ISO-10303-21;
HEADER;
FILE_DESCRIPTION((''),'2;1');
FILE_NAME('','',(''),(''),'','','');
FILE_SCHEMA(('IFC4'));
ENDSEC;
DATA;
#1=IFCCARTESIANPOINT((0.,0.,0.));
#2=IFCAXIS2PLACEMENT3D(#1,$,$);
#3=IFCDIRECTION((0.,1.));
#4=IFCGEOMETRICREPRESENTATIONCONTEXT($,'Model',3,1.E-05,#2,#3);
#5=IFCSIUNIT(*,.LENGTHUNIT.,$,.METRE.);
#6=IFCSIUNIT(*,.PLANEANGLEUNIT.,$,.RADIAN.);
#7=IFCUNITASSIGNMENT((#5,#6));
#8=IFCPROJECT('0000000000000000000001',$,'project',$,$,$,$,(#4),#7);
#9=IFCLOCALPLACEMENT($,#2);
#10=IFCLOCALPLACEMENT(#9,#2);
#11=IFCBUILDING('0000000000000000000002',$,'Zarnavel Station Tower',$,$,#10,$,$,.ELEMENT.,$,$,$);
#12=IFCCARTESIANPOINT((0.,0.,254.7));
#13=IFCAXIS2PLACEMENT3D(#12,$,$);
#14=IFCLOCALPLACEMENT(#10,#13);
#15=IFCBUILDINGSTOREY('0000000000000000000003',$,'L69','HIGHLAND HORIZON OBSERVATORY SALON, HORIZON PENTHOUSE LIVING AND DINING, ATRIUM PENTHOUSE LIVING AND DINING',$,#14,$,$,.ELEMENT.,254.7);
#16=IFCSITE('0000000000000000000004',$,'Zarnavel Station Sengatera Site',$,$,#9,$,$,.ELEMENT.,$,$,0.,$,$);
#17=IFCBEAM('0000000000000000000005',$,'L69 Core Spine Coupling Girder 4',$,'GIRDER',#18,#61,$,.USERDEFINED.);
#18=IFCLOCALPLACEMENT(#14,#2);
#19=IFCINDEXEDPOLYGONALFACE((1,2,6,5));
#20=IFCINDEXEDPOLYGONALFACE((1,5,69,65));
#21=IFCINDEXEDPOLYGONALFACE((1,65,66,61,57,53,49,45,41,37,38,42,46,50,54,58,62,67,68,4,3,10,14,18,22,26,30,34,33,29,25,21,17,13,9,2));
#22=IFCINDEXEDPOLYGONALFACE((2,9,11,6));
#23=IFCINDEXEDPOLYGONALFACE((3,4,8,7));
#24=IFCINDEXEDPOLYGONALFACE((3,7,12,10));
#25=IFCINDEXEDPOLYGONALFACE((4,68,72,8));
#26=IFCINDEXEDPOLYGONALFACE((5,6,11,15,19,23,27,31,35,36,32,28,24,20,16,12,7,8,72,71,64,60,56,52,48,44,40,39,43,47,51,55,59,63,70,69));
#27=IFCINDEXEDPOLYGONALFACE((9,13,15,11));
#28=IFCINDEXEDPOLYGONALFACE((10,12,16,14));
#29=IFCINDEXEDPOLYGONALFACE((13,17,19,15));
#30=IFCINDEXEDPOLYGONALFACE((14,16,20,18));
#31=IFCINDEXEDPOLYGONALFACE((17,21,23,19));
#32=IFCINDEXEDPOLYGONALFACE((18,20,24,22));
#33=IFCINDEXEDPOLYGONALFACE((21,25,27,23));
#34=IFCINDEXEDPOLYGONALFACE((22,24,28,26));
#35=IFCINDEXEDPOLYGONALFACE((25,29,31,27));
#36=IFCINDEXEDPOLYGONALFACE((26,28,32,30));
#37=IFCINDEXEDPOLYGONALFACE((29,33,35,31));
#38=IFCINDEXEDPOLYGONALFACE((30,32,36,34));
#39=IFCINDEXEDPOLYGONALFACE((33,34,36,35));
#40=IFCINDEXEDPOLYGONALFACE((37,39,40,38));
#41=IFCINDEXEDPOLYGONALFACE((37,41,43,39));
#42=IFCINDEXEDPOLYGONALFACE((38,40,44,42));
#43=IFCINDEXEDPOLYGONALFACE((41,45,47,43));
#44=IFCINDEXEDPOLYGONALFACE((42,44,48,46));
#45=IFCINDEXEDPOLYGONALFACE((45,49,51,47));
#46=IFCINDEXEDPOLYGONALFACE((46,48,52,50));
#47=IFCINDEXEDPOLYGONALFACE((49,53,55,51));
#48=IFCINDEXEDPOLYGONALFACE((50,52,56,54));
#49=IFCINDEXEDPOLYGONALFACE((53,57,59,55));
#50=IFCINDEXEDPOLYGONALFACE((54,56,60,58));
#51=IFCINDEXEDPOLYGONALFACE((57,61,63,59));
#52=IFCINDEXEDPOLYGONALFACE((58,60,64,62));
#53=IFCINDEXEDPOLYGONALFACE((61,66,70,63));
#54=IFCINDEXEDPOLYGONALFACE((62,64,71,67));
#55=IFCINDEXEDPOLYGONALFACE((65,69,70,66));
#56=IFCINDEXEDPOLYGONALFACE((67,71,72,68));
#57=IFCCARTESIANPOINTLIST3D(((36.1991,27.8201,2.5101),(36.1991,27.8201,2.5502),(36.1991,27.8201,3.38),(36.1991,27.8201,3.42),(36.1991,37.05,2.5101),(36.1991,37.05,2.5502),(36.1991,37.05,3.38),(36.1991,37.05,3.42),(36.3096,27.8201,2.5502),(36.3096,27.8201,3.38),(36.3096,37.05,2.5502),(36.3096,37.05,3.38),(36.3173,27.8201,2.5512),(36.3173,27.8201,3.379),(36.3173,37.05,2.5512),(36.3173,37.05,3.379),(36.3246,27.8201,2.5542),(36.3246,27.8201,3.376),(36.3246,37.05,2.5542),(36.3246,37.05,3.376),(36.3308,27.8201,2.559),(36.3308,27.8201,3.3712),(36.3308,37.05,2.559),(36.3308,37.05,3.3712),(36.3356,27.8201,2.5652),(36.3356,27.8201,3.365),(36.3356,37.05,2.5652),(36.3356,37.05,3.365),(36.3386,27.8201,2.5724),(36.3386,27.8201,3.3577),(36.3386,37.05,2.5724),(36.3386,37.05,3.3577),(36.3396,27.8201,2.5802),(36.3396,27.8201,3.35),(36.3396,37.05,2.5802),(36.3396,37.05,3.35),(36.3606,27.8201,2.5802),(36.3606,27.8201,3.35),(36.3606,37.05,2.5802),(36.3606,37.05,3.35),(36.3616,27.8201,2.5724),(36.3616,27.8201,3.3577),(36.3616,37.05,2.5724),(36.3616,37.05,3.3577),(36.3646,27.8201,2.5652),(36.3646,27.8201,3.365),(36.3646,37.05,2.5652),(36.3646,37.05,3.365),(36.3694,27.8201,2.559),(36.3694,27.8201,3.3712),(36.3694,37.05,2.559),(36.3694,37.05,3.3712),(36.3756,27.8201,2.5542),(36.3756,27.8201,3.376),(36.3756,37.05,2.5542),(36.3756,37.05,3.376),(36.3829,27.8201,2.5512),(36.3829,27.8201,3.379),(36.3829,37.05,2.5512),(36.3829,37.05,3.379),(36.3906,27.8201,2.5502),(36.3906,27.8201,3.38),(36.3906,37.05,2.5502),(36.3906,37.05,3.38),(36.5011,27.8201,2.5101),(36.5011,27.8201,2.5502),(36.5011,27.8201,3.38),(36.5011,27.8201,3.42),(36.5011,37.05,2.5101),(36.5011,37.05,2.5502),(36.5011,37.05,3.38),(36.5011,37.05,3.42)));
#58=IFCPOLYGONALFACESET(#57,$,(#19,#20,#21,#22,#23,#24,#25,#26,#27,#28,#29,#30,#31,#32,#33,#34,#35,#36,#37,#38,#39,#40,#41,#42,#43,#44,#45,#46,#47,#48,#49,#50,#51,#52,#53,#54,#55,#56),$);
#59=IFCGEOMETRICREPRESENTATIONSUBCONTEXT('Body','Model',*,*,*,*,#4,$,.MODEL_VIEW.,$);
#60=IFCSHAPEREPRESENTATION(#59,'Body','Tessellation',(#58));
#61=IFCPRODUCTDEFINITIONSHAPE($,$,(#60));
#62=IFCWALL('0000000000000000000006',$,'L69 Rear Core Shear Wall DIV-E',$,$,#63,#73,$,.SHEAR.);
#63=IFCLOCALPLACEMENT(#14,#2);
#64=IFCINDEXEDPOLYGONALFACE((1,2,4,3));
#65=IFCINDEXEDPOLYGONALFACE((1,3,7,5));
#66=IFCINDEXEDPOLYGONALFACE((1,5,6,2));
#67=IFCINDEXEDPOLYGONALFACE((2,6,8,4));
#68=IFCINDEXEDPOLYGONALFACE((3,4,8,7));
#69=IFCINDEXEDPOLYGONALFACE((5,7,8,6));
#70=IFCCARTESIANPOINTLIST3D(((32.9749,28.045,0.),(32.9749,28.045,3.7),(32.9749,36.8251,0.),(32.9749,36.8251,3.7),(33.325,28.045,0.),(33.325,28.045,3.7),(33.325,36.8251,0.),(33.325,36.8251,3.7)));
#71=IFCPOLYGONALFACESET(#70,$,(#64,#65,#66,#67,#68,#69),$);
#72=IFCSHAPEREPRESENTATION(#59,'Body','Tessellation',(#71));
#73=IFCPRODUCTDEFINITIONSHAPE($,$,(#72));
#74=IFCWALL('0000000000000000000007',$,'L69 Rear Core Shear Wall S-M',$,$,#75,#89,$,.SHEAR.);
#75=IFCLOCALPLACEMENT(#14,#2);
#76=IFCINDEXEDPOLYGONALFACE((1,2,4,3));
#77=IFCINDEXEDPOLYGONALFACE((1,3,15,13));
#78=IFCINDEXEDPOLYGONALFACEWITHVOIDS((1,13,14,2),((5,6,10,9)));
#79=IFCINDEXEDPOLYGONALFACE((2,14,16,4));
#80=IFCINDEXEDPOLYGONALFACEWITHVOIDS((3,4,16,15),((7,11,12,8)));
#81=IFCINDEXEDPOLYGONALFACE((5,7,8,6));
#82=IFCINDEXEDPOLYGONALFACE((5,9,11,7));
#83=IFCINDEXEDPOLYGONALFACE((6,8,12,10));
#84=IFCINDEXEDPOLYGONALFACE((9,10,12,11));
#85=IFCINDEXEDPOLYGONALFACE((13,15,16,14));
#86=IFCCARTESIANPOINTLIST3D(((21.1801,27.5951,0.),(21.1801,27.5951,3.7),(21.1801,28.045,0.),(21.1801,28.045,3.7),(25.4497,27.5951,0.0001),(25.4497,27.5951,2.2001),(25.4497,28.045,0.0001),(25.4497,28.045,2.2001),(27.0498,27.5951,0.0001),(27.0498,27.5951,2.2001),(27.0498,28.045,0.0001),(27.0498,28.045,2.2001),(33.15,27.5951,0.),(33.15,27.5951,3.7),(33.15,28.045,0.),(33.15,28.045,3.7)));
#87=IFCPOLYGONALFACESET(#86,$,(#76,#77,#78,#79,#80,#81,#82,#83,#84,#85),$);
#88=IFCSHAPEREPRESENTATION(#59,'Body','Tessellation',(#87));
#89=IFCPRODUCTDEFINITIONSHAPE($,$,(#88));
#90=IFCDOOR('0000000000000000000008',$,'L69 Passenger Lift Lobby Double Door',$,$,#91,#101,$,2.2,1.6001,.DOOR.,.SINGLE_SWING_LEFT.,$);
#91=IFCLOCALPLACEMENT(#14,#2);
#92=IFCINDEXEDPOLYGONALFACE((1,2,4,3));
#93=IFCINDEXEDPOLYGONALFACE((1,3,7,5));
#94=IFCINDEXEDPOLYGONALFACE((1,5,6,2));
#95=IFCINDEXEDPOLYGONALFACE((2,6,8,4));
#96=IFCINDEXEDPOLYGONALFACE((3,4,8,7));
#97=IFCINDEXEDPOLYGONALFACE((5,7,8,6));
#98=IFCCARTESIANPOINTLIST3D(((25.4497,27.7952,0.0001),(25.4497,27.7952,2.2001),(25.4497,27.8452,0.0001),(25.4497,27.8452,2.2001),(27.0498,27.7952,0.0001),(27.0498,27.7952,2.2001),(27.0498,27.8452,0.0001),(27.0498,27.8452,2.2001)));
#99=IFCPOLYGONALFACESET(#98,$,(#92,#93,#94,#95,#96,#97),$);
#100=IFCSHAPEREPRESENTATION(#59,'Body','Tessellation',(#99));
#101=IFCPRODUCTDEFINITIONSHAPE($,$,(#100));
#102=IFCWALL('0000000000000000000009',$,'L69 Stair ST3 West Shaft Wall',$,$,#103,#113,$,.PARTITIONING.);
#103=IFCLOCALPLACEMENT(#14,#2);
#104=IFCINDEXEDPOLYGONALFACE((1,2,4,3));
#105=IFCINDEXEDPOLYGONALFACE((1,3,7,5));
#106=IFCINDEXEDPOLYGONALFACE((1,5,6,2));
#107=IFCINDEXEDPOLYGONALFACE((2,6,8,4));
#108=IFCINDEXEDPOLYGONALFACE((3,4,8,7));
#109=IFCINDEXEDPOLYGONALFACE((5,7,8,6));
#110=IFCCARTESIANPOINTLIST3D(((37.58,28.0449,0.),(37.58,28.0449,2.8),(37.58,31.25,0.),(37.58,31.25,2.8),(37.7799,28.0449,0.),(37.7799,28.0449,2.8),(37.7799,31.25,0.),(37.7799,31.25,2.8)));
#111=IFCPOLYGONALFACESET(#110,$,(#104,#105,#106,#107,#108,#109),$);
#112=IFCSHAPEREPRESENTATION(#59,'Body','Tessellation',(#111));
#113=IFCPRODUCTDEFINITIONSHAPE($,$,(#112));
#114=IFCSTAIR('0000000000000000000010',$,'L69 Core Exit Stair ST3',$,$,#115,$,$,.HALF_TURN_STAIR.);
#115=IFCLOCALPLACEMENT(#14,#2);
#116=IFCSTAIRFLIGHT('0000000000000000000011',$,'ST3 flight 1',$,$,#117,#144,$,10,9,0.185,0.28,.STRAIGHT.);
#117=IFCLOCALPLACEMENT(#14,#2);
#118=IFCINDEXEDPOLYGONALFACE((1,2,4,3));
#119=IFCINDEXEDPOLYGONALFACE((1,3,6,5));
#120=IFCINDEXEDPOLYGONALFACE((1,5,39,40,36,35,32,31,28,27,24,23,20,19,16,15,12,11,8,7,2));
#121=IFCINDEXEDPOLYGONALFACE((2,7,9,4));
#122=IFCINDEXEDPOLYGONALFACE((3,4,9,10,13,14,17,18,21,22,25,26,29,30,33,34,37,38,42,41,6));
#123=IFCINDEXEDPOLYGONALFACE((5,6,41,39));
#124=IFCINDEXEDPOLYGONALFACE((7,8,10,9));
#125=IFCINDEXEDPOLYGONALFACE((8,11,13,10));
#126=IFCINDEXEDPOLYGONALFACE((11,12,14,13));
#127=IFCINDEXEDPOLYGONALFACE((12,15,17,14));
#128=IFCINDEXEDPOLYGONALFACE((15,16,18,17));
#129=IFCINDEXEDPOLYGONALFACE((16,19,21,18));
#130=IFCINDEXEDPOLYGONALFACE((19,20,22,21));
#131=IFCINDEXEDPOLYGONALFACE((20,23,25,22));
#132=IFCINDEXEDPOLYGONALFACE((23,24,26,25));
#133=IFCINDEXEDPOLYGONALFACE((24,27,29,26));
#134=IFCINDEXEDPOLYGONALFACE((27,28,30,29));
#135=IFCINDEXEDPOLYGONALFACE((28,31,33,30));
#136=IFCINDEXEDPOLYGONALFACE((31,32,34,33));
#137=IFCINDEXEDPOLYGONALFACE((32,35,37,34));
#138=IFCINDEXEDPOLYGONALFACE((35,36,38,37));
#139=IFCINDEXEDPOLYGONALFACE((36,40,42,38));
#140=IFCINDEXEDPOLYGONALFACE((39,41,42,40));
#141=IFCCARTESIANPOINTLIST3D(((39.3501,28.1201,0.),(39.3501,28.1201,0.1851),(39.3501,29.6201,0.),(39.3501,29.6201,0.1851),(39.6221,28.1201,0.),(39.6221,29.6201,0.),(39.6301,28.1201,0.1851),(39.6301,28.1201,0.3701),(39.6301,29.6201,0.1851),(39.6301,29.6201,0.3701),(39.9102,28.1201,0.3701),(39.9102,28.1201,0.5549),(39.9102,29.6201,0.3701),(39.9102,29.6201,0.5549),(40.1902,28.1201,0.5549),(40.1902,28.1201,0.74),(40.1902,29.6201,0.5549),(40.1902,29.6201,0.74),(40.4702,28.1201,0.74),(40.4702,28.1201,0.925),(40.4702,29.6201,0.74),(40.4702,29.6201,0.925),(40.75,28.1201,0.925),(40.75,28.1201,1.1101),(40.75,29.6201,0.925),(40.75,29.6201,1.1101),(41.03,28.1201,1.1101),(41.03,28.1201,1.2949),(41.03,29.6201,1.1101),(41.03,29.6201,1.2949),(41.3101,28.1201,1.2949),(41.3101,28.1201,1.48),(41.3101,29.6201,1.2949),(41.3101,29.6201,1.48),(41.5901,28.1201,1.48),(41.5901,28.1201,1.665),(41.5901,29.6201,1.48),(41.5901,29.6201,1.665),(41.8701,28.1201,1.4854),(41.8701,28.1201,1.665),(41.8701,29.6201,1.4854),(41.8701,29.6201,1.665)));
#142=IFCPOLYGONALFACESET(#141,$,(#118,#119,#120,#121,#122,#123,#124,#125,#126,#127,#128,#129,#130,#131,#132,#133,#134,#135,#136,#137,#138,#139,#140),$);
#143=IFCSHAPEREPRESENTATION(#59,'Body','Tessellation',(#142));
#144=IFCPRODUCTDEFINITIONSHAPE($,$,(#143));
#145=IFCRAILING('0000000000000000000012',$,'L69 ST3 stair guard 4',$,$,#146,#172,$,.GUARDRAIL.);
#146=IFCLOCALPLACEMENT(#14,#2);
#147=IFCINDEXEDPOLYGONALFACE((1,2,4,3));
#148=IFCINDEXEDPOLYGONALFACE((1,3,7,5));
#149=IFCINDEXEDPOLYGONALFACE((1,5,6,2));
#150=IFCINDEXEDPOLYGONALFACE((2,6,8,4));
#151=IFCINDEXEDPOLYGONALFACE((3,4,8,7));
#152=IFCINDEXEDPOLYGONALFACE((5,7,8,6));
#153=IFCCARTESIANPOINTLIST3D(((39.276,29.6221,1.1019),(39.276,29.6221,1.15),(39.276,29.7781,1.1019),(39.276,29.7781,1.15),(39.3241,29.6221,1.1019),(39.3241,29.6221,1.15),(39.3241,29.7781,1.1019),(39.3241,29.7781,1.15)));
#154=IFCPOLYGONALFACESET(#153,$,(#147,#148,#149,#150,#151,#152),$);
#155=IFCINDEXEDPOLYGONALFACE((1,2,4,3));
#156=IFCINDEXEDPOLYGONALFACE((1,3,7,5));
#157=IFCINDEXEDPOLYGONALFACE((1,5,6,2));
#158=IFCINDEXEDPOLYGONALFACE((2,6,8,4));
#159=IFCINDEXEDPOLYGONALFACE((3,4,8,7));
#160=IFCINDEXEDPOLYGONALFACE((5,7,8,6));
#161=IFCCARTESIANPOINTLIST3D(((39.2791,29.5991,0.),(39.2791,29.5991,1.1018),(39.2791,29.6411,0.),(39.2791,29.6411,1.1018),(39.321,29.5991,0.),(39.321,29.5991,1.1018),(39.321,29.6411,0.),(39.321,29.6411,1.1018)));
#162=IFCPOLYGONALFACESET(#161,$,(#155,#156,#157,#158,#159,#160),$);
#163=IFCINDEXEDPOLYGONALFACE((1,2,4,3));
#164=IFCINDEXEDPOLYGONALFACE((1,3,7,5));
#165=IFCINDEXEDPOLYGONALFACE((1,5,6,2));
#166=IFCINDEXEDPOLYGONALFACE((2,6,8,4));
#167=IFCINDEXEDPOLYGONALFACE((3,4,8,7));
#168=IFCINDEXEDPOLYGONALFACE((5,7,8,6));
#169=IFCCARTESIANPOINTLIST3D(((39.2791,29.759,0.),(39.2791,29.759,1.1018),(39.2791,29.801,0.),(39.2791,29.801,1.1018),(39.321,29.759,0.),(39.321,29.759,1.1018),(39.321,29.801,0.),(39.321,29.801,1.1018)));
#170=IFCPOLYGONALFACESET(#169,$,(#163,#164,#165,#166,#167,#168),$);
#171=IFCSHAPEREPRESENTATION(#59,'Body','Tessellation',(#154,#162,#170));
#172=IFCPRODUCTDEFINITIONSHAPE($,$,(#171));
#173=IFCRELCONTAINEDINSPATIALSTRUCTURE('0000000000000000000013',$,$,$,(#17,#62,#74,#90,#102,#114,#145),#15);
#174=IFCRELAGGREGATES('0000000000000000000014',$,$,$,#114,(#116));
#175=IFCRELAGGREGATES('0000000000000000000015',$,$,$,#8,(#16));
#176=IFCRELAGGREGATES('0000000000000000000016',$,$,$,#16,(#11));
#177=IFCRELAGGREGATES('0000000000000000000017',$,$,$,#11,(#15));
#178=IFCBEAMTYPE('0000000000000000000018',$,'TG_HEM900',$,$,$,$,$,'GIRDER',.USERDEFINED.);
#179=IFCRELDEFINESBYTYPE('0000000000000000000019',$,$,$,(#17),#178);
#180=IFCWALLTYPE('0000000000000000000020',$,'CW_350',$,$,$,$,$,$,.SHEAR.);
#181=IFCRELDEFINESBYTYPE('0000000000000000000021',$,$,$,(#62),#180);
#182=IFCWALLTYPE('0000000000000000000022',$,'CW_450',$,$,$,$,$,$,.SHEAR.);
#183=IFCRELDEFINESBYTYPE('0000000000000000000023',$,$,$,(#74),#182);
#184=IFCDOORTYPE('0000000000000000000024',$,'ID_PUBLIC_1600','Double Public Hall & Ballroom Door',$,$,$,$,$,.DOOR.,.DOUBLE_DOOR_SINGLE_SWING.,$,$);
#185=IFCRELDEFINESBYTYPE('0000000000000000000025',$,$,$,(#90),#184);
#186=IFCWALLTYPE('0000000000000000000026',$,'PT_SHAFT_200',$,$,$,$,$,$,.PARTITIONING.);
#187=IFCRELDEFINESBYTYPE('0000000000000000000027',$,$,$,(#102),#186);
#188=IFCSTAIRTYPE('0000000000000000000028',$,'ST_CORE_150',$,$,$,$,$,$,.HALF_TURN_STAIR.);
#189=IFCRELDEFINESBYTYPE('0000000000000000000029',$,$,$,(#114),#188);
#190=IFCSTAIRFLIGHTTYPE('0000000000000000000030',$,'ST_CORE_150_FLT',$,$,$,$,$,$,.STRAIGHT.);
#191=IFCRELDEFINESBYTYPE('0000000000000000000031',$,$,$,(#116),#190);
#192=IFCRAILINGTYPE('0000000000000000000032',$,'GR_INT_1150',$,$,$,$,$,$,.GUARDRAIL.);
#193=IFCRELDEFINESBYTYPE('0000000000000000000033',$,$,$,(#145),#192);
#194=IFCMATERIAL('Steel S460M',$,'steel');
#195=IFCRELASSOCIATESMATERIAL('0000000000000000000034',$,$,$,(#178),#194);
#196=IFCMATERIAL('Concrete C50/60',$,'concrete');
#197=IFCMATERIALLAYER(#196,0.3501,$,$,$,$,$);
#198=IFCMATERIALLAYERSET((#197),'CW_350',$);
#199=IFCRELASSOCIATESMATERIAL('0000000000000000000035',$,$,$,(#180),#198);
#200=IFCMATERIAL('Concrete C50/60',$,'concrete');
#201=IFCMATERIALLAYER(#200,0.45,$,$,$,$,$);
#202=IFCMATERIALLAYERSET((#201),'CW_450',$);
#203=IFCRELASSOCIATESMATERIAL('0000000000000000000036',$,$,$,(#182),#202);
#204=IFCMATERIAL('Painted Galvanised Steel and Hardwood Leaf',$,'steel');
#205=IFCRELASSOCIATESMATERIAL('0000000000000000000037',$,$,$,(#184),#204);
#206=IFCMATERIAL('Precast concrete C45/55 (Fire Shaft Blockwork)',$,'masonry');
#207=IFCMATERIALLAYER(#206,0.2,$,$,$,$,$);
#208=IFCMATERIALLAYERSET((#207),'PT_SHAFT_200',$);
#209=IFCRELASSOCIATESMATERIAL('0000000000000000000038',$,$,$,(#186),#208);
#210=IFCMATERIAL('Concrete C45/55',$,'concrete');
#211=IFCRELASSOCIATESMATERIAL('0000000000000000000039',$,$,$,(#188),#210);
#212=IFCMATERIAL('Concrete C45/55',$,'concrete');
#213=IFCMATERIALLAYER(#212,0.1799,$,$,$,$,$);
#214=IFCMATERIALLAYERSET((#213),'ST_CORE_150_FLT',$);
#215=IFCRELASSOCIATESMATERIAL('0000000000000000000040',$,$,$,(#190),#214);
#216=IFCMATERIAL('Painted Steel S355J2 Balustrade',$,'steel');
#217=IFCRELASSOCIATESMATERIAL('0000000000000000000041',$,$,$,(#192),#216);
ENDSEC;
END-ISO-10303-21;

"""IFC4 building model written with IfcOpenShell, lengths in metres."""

from ifc_helpers import new_model, si_unit, direction, frame, frame_2d, origin, origin_2d, place, context, subcontext, project, spatial, polyline, rectangle, i_section, outline, extrude, material, layer, layer_set, material_profile, profile_set, type_object, element, fill, aggregate, save


model = new_model("IFC4")

# Units and contexts
model_context = context("Model", 3, precision=1e-05, world=origin(), true_north=direction((0.0, 1.0)))
body_context = subcontext(model_context, "Body", "Model", "MODEL_VIEW")
ifc_project = project(units=[si_unit("LENGTHUNIT", "METRE"), si_unit("PLANEANGLEUNIT", "RADIAN")], contexts=[model_context])

# Site, building, storey
site_placement = place(None, origin())
site = spatial("IfcSite", under=ifc_project, at=site_placement, Name="Zarnavel Station Sengatera Site", CompositionType="ELEMENT", RefElevation=0.0)
building_placement = place(site_placement, origin())
building = spatial("IfcBuilding", under=site, at=building_placement, Name="Zarnavel Station Tower", CompositionType="ELEMENT")
storey_placement = place(building_placement, frame((0.0, 0.0, 254.7)))
storey = spatial("IfcBuildingStorey", under=building, at=storey_placement, Name="L69", Description="HIGHLAND HORIZON OBSERVATORY SALON, HORIZON PENTHOUSE LIVING AND DINING, ATRIUM PENTHOUSE LIVING AND DINING", CompositionType="ELEMENT", Elevation=254.7)

# Beam
ifc_material_1 = material(Name="Steel S460M", Category="steel")
ifc_material_profile_1 = material_profile(ifc_material_1, i_section(OverallWidth=0.302, OverallDepth=0.9099, WebThickness=0.021, FlangeThickness=0.04, FilletRadius=0.03, at=origin_2d()), Name="HEM900")
ifc_profile_set_1 = profile_set([ifc_material_profile_1], Name="Steel S460M")
beam_type_1 = type_object("IfcBeamType", Name="TG_HEM900", ElementType="GIRDER", PredefinedType="USERDEFINED", material=ifc_profile_set_1)
for number, where, z_axis, x_axis, name in (
    (1, (36.3501, 27.8201, 2.9651), (0.0, 1.0, 0.0), (-1.0, 0.0, 0.0), "L69 Core Spine Coupling Girder 4"),
):
    element("IfcBeam", number, at=place(storey_placement, frame(where, z_axis=z_axis, x_axis=x_axis)), inside=storey, type_object=beam_type_1, Name=name, ObjectType="GIRDER", PredefinedType="USERDEFINED", context=body_context, shape_type="SweptSolid", body=[
        extrude(i_section(OverallWidth=0.302, OverallDepth=0.9099, WebThickness=0.021, FlangeThickness=0.04, FilletRadius=0.03, at=origin_2d()), origin(), (0.0, 0.0, 1.0), 9.23),
    ])

# Wall
ifc_material_2 = material(Name="Concrete C50/60", Category="concrete")
ifc_layer_1 = layer(ifc_material_2, 0.3501)
ifc_layer_set_1 = layer_set([ifc_layer_1], Name="CW_350")
wall_type_1 = type_object("IfcWallType", Name="CW_350", PredefinedType="SHEAR", material=ifc_layer_set_1)
wall_1_placement = place(storey_placement, frame((33.1499, 28.0449, 0.0), z_axis=(0.0, 0.0, 1.0), x_axis=(0.0, 1.0, 0.0)))
element("IfcWall", 2, at=wall_1_placement, inside=storey, type_object=wall_type_1, Name="L69 Rear Core Shear Wall DIV-E", PredefinedType="SHEAR", context=body_context, shape_type="SweptSolid", body=[
    extrude(rectangle(XDim=8.78, YDim=0.3501, at=frame_2d((4.3901, 0.0))), origin(), (0.0, 0.0, 1.0), 3.7),
])

# Wall, opening, door
ifc_material_3 = material(Name="Concrete C50/60", Category="concrete")
ifc_layer_2 = layer(ifc_material_3, 0.45)
ifc_layer_set_2 = layer_set([ifc_layer_2], Name="CW_450")
wall_type_2 = type_object("IfcWallType", Name="CW_450", PredefinedType="SHEAR", material=ifc_layer_set_2)
wall_2_placement = place(storey_placement, frame((33.1499, 27.8201, 0.0), z_axis=(0.0, 0.0, 1.0), x_axis=(-1.0, 0.0, 0.0)))
wall_2 = element("IfcWall", 3, at=wall_2_placement, inside=storey, type_object=wall_type_2, Name="L69 Rear Core Shear Wall S-M", PredefinedType="SHEAR", context=body_context, shape_type="SweptSolid", body=[
    extrude(rectangle(XDim=11.97, YDim=0.45, at=frame_2d((5.9849, 0.0))), origin(), (0.0, 0.0, 1.0), 3.7),
])
opening_1_placement = place(wall_2_placement, frame((6.1001, 0.0, 0.0)))
opening_1 = element("IfcOpeningElement", 4, at=opening_1_placement, cuts=wall_2, PredefinedType="OPENING", context=body_context, shape_type="SweptSolid", body=[
    extrude(rectangle(XDim=1.6001, YDim=2.2, at=frame_2d((0.8, 1.1001))), frame((0.0, 0.2349, 0.0), z_axis=(0.0, -1.0, 0.0), x_axis=(1.0, 0.0, 0.0)), (0.0, 0.0, 1.0), 0.47),
])
ifc_material_4 = material(Name="Painted Galvanised Steel and Hardwood Leaf", Category="steel")
door_type_1 = type_object("IfcDoorType", Name="ID_PUBLIC_1600", Description="Double Public Hall & Ballroom Door", OperationType="DOUBLE_DOOR_SINGLE_SWING", PredefinedType="DOOR", material=ifc_material_4)
door_1_placement = place(opening_1_placement, origin())
door_1 = element("IfcDoor", 5, at=door_1_placement, inside=storey, type_object=door_type_1, Name="L69 Passenger Lift Lobby Double Door", OperationType="SINGLE_SWING_LEFT", OverallHeight=2.2, OverallWidth=1.6001, PredefinedType="DOOR", context=body_context, shape_type="SweptSolid", body=[
    extrude(rectangle(XDim=1.6001, YDim=2.2, at=frame_2d((0.8, 1.1001))), frame((0.0, 0.0249, 0.0), z_axis=(0.0, -1.0, 0.0), x_axis=(1.0, 0.0, 0.0)), (0.0, 0.0, 1.0), 0.05),
])
fill(opening_1, door_1)

# Wall
ifc_material_5 = material(Name="Precast concrete C45/55 (Fire Shaft Blockwork)", Category="masonry")
ifc_layer_3 = layer(ifc_material_5, 0.2)
ifc_layer_set_3 = layer_set([ifc_layer_3], Name="PT_SHAFT_200")
wall_type_3 = type_object("IfcWallType", Name="PT_SHAFT_200", PredefinedType="PARTITIONING", material=ifc_layer_set_3)
wall_3_placement = place(storey_placement, frame((37.6799, 28.0449, 0.0), z_axis=(0.0, 0.0, 1.0), x_axis=(0.0, 1.0, 0.0)))
element("IfcWall", 6, at=wall_3_placement, inside=storey, type_object=wall_type_3, Name="L69 Stair ST3 West Shaft Wall", PredefinedType="PARTITIONING", context=body_context, shape_type="SweptSolid", body=[
    extrude(rectangle(XDim=3.2051, YDim=0.2, at=frame_2d((1.6025, 0.0))), origin(), (0.0, 0.0, 1.0), 2.8),
])

# Stair, stair flight
ifc_material_6 = material(Name="Concrete C45/55", Category="concrete")
stair_type = type_object("IfcStairType", Name="ST_CORE_150", PredefinedType="HALF_TURN_STAIR", material=ifc_material_6)
stair_placement = place(storey_placement, origin())
stair = element("IfcStair", 7, at=stair_placement, inside=storey, type_object=stair_type, Name="L69 Core Exit Stair ST3", PredefinedType="HALF_TURN_STAIR")
ifc_material_7 = material(Name="Concrete C45/55", Category="concrete")
ifc_layer_4 = layer(ifc_material_7, 0.1799)
ifc_layer_set_4 = layer_set([ifc_layer_4], Name="ST_CORE_150_FLT")
stair_flight_type = type_object("IfcStairFlightType", Name="ST_CORE_150_FLT", PredefinedType="STRAIGHT", material=ifc_layer_set_4)
stair_flight_placement = place(storey_placement, frame((39.3501, 28.8701, 0.0), z_axis=(0.0, 0.0, 1.0), x_axis=(1.0, 0.0, 0.0)))
stair_flight = element("IfcStairFlight", 8, at=stair_flight_placement, type_object=stair_flight_type, Name="ST3 flight 1", NumberOfRisers=10, NumberOfTreads=9, PredefinedType="STRAIGHT", RiserHeight=0.185, TreadLength=0.28, context=body_context, shape_type="SweptSolid", body=[
    extrude(outline(polyline([(0.0, 0.0), (0.0, 0.1851), (0.28, 0.1851), (0.28, 0.3701), (0.5601, 0.3701), (0.5601, 0.5549), (0.8401, 0.5549), (0.8401, 0.74), (1.1201, 0.74), (1.1201, 0.925), (1.3999, 0.925), (1.3999, 1.1101), (1.6799, 1.1101), (1.6799, 1.2949), (1.96, 1.2949), (1.96, 1.48), (2.24, 1.48), (2.24, 1.665), (2.52, 1.665), (2.52, 1.8501), (2.52, 1.4854), (0.272, 0.0), (0.0, 0.0)])), frame((0.0, 0.75, 0.0), z_axis=(0.0, -1.0, 0.0), x_axis=(1.0, 0.0, 0.0)), (0.0, 0.0, 1.0), 1.5),
])
aggregate(stair, [stair_flight])

# Railing
ifc_material_8 = material(Name="Painted Steel S355J2 Balustrade", Category="steel")
railing_type_1 = type_object("IfcRailingType", Name="GR_INT_1150", PredefinedType="GUARDRAIL", material=ifc_material_8)
railing_1_placement = place(storey_placement, frame((39.3, 29.6201, 0.0)))
element("IfcRailing", 9, at=railing_1_placement, inside=storey, type_object=railing_type_1, Name="L69 ST3 stair guard 4", PredefinedType="GUARDRAIL", context=body_context, shape_type="SweptSolid", body=[
    extrude(rectangle(XDim=0.0481, YDim=0.0481, at=origin_2d()), frame((0.0, 0.002, 1.126), z_axis=(0.0, 1.0, 0.0), x_axis=(-1.0, 0.0, 0.0)), (0.0, 0.0, 1.0), 0.156),
    extrude(rectangle(XDim=0.042, YDim=0.042, at=origin_2d()), origin(), (0.0, 0.0, 1.0), 1.1018),
    extrude(rectangle(XDim=0.042, YDim=0.042, at=origin_2d()), frame((0.0, 0.1599, 0.0)), (0.0, 0.0, 1.0), 1.1018),
])

save(model, "model.ifc")
